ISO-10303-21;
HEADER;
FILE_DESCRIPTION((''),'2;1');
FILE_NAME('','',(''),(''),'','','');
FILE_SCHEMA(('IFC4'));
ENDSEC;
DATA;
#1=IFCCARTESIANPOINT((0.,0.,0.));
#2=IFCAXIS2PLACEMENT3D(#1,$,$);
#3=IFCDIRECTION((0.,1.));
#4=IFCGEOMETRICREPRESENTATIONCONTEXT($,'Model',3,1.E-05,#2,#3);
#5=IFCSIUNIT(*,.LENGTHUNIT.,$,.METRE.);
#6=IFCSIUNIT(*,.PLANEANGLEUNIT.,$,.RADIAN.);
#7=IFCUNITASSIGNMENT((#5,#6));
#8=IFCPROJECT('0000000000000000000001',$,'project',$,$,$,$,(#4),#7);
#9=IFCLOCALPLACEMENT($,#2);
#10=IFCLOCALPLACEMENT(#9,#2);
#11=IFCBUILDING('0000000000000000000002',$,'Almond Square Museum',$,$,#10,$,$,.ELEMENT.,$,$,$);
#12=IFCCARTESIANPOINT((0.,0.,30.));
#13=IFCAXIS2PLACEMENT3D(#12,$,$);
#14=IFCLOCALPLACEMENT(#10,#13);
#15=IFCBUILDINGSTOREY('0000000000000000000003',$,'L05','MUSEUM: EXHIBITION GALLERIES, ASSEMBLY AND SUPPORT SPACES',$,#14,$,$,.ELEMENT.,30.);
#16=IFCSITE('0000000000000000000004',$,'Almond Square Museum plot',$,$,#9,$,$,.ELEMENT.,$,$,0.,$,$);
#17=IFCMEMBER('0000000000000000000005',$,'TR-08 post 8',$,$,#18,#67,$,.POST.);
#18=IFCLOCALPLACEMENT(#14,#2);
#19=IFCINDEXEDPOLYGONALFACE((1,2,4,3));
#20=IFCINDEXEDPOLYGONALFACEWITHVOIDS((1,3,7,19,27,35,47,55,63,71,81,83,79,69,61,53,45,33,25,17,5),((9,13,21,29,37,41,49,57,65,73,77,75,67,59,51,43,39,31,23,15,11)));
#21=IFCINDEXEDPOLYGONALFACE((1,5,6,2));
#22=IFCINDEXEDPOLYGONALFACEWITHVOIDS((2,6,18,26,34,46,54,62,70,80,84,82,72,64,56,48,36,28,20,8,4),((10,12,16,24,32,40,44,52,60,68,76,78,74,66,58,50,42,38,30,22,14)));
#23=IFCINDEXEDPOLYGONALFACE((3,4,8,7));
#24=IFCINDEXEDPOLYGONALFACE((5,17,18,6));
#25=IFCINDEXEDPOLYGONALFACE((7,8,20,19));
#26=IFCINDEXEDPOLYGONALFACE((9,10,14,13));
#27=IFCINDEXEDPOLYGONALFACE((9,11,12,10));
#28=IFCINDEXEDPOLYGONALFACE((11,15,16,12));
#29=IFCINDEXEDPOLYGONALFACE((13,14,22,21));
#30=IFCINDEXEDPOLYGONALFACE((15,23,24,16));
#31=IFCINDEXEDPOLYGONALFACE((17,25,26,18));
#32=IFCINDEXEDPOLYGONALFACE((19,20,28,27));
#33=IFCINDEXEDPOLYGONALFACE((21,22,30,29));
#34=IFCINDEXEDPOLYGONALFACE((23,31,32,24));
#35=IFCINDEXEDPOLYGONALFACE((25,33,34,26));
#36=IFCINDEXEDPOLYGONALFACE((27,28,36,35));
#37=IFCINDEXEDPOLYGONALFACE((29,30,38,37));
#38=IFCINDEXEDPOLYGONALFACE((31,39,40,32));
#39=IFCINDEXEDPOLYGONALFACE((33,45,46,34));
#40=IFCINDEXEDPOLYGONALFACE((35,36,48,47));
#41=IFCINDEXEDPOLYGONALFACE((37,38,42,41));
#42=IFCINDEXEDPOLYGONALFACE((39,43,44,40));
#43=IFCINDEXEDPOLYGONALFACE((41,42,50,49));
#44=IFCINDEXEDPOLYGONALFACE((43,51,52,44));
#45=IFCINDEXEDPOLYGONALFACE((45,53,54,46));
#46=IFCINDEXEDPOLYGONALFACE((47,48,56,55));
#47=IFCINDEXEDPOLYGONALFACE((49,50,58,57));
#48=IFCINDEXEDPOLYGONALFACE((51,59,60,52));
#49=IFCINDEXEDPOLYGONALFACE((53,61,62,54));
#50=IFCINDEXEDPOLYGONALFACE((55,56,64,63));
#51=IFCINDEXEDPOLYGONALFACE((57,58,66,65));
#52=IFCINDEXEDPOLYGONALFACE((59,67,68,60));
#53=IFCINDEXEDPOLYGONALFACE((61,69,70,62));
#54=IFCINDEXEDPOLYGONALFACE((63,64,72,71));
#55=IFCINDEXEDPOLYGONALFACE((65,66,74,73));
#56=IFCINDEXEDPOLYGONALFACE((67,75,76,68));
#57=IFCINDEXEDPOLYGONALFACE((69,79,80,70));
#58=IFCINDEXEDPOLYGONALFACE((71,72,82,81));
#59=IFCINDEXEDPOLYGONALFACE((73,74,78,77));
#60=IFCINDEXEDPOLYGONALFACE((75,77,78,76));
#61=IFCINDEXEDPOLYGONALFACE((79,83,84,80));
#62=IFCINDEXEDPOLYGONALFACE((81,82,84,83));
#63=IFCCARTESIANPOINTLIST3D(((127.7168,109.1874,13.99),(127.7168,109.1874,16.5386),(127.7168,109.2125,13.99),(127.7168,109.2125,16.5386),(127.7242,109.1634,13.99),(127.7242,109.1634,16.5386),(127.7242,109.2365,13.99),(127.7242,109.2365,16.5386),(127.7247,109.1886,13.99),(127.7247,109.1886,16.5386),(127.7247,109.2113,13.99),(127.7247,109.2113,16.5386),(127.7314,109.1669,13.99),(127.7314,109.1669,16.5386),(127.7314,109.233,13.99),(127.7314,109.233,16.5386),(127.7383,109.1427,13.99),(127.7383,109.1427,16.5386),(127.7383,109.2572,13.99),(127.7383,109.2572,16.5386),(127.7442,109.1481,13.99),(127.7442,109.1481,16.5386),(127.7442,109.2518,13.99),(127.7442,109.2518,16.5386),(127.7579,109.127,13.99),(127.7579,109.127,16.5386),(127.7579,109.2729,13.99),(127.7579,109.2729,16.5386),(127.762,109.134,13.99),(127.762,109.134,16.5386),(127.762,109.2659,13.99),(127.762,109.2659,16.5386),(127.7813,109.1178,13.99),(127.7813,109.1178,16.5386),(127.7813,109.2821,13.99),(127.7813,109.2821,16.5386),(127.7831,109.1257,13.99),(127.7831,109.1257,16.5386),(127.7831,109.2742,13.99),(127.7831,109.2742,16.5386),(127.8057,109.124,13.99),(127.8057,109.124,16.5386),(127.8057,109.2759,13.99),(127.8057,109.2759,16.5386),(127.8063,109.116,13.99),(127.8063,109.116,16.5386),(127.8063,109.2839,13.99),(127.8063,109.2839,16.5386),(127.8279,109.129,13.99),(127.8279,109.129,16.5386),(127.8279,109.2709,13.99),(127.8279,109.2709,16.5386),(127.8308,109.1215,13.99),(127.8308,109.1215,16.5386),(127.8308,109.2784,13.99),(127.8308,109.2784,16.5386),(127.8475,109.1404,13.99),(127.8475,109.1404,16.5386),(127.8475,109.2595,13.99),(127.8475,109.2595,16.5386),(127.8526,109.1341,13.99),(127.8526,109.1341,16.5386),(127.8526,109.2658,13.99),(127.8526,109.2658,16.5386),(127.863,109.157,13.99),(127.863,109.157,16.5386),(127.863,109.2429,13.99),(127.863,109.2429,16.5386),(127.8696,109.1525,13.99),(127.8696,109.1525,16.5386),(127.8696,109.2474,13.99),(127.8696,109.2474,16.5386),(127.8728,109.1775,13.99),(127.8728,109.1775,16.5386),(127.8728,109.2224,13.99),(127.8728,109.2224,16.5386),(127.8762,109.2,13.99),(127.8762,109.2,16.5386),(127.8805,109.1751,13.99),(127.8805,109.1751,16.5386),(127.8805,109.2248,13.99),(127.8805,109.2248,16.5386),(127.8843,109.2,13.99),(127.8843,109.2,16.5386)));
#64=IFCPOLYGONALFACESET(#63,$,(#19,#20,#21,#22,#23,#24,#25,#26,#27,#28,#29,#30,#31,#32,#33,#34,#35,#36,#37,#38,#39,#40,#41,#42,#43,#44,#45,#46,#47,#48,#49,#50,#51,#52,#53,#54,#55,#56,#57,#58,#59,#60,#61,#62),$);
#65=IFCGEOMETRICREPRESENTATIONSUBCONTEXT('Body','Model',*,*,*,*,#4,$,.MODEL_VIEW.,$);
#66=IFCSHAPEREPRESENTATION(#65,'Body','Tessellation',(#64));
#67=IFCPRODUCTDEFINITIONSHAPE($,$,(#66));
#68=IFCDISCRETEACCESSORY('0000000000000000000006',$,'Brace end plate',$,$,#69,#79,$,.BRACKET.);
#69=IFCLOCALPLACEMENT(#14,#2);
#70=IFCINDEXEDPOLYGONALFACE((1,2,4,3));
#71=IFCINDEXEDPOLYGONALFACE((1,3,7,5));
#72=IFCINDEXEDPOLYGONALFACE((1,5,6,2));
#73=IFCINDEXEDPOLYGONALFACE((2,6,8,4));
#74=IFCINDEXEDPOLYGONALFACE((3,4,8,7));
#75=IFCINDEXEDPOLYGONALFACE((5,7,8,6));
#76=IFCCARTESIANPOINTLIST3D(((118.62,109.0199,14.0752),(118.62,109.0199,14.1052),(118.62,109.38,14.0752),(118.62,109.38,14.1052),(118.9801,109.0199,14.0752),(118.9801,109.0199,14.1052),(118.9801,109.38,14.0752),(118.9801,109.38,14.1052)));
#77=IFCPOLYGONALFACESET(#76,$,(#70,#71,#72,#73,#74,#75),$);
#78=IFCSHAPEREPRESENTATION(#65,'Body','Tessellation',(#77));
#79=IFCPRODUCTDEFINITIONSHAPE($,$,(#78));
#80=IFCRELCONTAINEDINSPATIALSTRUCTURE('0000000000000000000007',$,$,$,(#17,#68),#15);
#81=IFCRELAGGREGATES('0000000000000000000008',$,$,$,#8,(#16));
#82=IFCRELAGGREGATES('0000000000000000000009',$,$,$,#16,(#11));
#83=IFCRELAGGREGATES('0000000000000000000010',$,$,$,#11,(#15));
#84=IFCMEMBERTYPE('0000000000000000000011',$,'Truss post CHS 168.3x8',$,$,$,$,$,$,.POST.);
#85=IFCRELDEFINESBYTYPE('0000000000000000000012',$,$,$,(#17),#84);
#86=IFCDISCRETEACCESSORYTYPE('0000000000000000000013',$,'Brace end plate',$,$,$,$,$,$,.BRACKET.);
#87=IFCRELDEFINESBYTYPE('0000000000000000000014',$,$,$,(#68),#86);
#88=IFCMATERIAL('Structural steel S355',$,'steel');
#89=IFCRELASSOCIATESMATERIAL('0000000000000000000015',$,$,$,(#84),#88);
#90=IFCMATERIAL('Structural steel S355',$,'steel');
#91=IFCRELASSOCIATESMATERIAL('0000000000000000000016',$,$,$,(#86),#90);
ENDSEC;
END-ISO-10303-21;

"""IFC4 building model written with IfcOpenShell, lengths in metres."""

from ifc_helpers import new_model, si_unit, direction, frame, origin, origin_2d, place, context, subcontext, project, spatial, rectangle, hollow_circle, extrude, material, material_profile, profile_set, type_object, element, save


model = new_model("IFC4")

# Units and contexts
model_context = context("Model", 3, precision=1e-05, world=origin(), true_north=direction((0.0, 1.0)))
body_context = subcontext(model_context, "Body", "Model", "MODEL_VIEW")
ifc_project = project(units=[si_unit("LENGTHUNIT", "METRE"), si_unit("PLANEANGLEUNIT", "RADIAN")], contexts=[model_context])

# Site, building, storey
site_placement = place(None, origin())
site = spatial("IfcSite", under=ifc_project, at=site_placement, Name="Almond Square Museum plot", CompositionType="ELEMENT", RefElevation=0.0)
building_placement = place(site_placement, origin())
building = spatial("IfcBuilding", under=site, at=building_placement, Name="Almond Square Museum", CompositionType="ELEMENT")
storey_placement = place(building_placement, frame((0.0, 0.0, 30.0)))
storey = spatial("IfcBuildingStorey", under=building, at=storey_placement, Name="L05", Description="MUSEUM: EXHIBITION GALLERIES, ASSEMBLY AND SUPPORT SPACES", CompositionType="ELEMENT", Elevation=30.0)

# Member
ifc_material_1 = material(Name="Structural steel S355", Category="steel")
ifc_material_profile_1 = material_profile(ifc_material_1, hollow_circle(Radius=0.0842, WallThickness=0.0081, at=origin_2d()))
ifc_profile_set_1 = profile_set([ifc_material_profile_1], Name="Structural steel S355")
member_type_1 = type_object("IfcMemberType", Name="Truss post CHS 168.3x8", PredefinedType="POST", material=ifc_profile_set_1)
for number, where, z_axis, x_axis, name in (
    (1, (127.8, 109.2, 13.99), (0.0, 0.0, 1.0), (1.0, 0.0, 0.0), "TR-08 post 8"),
):
    element("IfcMember", number, at=place(storey_placement, frame(where, z_axis=z_axis, x_axis=x_axis)), inside=storey, type_object=member_type_1, Name=name, PredefinedType="POST", context=body_context, shape_type="SweptSolid", body=[
        extrude(hollow_circle(Radius=0.0842, WallThickness=0.0081, at=origin_2d()), origin(), (0.0, 0.0, 1.0), 2.5486),
    ])

# Discrete accessory
ifc_material_2 = material(Name="Structural steel S355", Category="steel")
discrete_accessory_type = type_object("IfcDiscreteAccessoryType", Name="Brace end plate", PredefinedType="BRACKET", material=ifc_material_2)
discrete_accessory_placement = place(storey_placement, frame((118.8, 109.2, 14.0752), z_axis=(0.0, 0.0, 1.0), x_axis=(1.0, 0.0, 0.0)))
element("IfcDiscreteAccessory", 2, at=discrete_accessory_placement, inside=storey, type_object=discrete_accessory_type, Name="Brace end plate", PredefinedType="BRACKET", context=body_context, shape_type="SweptSolid", body=[
    extrude(rectangle(XDim=0.3601, YDim=0.3601, at=origin_2d()), origin(), (0.0, 0.0, 1.0), 0.03),
])

save(model, "model.ifc")
